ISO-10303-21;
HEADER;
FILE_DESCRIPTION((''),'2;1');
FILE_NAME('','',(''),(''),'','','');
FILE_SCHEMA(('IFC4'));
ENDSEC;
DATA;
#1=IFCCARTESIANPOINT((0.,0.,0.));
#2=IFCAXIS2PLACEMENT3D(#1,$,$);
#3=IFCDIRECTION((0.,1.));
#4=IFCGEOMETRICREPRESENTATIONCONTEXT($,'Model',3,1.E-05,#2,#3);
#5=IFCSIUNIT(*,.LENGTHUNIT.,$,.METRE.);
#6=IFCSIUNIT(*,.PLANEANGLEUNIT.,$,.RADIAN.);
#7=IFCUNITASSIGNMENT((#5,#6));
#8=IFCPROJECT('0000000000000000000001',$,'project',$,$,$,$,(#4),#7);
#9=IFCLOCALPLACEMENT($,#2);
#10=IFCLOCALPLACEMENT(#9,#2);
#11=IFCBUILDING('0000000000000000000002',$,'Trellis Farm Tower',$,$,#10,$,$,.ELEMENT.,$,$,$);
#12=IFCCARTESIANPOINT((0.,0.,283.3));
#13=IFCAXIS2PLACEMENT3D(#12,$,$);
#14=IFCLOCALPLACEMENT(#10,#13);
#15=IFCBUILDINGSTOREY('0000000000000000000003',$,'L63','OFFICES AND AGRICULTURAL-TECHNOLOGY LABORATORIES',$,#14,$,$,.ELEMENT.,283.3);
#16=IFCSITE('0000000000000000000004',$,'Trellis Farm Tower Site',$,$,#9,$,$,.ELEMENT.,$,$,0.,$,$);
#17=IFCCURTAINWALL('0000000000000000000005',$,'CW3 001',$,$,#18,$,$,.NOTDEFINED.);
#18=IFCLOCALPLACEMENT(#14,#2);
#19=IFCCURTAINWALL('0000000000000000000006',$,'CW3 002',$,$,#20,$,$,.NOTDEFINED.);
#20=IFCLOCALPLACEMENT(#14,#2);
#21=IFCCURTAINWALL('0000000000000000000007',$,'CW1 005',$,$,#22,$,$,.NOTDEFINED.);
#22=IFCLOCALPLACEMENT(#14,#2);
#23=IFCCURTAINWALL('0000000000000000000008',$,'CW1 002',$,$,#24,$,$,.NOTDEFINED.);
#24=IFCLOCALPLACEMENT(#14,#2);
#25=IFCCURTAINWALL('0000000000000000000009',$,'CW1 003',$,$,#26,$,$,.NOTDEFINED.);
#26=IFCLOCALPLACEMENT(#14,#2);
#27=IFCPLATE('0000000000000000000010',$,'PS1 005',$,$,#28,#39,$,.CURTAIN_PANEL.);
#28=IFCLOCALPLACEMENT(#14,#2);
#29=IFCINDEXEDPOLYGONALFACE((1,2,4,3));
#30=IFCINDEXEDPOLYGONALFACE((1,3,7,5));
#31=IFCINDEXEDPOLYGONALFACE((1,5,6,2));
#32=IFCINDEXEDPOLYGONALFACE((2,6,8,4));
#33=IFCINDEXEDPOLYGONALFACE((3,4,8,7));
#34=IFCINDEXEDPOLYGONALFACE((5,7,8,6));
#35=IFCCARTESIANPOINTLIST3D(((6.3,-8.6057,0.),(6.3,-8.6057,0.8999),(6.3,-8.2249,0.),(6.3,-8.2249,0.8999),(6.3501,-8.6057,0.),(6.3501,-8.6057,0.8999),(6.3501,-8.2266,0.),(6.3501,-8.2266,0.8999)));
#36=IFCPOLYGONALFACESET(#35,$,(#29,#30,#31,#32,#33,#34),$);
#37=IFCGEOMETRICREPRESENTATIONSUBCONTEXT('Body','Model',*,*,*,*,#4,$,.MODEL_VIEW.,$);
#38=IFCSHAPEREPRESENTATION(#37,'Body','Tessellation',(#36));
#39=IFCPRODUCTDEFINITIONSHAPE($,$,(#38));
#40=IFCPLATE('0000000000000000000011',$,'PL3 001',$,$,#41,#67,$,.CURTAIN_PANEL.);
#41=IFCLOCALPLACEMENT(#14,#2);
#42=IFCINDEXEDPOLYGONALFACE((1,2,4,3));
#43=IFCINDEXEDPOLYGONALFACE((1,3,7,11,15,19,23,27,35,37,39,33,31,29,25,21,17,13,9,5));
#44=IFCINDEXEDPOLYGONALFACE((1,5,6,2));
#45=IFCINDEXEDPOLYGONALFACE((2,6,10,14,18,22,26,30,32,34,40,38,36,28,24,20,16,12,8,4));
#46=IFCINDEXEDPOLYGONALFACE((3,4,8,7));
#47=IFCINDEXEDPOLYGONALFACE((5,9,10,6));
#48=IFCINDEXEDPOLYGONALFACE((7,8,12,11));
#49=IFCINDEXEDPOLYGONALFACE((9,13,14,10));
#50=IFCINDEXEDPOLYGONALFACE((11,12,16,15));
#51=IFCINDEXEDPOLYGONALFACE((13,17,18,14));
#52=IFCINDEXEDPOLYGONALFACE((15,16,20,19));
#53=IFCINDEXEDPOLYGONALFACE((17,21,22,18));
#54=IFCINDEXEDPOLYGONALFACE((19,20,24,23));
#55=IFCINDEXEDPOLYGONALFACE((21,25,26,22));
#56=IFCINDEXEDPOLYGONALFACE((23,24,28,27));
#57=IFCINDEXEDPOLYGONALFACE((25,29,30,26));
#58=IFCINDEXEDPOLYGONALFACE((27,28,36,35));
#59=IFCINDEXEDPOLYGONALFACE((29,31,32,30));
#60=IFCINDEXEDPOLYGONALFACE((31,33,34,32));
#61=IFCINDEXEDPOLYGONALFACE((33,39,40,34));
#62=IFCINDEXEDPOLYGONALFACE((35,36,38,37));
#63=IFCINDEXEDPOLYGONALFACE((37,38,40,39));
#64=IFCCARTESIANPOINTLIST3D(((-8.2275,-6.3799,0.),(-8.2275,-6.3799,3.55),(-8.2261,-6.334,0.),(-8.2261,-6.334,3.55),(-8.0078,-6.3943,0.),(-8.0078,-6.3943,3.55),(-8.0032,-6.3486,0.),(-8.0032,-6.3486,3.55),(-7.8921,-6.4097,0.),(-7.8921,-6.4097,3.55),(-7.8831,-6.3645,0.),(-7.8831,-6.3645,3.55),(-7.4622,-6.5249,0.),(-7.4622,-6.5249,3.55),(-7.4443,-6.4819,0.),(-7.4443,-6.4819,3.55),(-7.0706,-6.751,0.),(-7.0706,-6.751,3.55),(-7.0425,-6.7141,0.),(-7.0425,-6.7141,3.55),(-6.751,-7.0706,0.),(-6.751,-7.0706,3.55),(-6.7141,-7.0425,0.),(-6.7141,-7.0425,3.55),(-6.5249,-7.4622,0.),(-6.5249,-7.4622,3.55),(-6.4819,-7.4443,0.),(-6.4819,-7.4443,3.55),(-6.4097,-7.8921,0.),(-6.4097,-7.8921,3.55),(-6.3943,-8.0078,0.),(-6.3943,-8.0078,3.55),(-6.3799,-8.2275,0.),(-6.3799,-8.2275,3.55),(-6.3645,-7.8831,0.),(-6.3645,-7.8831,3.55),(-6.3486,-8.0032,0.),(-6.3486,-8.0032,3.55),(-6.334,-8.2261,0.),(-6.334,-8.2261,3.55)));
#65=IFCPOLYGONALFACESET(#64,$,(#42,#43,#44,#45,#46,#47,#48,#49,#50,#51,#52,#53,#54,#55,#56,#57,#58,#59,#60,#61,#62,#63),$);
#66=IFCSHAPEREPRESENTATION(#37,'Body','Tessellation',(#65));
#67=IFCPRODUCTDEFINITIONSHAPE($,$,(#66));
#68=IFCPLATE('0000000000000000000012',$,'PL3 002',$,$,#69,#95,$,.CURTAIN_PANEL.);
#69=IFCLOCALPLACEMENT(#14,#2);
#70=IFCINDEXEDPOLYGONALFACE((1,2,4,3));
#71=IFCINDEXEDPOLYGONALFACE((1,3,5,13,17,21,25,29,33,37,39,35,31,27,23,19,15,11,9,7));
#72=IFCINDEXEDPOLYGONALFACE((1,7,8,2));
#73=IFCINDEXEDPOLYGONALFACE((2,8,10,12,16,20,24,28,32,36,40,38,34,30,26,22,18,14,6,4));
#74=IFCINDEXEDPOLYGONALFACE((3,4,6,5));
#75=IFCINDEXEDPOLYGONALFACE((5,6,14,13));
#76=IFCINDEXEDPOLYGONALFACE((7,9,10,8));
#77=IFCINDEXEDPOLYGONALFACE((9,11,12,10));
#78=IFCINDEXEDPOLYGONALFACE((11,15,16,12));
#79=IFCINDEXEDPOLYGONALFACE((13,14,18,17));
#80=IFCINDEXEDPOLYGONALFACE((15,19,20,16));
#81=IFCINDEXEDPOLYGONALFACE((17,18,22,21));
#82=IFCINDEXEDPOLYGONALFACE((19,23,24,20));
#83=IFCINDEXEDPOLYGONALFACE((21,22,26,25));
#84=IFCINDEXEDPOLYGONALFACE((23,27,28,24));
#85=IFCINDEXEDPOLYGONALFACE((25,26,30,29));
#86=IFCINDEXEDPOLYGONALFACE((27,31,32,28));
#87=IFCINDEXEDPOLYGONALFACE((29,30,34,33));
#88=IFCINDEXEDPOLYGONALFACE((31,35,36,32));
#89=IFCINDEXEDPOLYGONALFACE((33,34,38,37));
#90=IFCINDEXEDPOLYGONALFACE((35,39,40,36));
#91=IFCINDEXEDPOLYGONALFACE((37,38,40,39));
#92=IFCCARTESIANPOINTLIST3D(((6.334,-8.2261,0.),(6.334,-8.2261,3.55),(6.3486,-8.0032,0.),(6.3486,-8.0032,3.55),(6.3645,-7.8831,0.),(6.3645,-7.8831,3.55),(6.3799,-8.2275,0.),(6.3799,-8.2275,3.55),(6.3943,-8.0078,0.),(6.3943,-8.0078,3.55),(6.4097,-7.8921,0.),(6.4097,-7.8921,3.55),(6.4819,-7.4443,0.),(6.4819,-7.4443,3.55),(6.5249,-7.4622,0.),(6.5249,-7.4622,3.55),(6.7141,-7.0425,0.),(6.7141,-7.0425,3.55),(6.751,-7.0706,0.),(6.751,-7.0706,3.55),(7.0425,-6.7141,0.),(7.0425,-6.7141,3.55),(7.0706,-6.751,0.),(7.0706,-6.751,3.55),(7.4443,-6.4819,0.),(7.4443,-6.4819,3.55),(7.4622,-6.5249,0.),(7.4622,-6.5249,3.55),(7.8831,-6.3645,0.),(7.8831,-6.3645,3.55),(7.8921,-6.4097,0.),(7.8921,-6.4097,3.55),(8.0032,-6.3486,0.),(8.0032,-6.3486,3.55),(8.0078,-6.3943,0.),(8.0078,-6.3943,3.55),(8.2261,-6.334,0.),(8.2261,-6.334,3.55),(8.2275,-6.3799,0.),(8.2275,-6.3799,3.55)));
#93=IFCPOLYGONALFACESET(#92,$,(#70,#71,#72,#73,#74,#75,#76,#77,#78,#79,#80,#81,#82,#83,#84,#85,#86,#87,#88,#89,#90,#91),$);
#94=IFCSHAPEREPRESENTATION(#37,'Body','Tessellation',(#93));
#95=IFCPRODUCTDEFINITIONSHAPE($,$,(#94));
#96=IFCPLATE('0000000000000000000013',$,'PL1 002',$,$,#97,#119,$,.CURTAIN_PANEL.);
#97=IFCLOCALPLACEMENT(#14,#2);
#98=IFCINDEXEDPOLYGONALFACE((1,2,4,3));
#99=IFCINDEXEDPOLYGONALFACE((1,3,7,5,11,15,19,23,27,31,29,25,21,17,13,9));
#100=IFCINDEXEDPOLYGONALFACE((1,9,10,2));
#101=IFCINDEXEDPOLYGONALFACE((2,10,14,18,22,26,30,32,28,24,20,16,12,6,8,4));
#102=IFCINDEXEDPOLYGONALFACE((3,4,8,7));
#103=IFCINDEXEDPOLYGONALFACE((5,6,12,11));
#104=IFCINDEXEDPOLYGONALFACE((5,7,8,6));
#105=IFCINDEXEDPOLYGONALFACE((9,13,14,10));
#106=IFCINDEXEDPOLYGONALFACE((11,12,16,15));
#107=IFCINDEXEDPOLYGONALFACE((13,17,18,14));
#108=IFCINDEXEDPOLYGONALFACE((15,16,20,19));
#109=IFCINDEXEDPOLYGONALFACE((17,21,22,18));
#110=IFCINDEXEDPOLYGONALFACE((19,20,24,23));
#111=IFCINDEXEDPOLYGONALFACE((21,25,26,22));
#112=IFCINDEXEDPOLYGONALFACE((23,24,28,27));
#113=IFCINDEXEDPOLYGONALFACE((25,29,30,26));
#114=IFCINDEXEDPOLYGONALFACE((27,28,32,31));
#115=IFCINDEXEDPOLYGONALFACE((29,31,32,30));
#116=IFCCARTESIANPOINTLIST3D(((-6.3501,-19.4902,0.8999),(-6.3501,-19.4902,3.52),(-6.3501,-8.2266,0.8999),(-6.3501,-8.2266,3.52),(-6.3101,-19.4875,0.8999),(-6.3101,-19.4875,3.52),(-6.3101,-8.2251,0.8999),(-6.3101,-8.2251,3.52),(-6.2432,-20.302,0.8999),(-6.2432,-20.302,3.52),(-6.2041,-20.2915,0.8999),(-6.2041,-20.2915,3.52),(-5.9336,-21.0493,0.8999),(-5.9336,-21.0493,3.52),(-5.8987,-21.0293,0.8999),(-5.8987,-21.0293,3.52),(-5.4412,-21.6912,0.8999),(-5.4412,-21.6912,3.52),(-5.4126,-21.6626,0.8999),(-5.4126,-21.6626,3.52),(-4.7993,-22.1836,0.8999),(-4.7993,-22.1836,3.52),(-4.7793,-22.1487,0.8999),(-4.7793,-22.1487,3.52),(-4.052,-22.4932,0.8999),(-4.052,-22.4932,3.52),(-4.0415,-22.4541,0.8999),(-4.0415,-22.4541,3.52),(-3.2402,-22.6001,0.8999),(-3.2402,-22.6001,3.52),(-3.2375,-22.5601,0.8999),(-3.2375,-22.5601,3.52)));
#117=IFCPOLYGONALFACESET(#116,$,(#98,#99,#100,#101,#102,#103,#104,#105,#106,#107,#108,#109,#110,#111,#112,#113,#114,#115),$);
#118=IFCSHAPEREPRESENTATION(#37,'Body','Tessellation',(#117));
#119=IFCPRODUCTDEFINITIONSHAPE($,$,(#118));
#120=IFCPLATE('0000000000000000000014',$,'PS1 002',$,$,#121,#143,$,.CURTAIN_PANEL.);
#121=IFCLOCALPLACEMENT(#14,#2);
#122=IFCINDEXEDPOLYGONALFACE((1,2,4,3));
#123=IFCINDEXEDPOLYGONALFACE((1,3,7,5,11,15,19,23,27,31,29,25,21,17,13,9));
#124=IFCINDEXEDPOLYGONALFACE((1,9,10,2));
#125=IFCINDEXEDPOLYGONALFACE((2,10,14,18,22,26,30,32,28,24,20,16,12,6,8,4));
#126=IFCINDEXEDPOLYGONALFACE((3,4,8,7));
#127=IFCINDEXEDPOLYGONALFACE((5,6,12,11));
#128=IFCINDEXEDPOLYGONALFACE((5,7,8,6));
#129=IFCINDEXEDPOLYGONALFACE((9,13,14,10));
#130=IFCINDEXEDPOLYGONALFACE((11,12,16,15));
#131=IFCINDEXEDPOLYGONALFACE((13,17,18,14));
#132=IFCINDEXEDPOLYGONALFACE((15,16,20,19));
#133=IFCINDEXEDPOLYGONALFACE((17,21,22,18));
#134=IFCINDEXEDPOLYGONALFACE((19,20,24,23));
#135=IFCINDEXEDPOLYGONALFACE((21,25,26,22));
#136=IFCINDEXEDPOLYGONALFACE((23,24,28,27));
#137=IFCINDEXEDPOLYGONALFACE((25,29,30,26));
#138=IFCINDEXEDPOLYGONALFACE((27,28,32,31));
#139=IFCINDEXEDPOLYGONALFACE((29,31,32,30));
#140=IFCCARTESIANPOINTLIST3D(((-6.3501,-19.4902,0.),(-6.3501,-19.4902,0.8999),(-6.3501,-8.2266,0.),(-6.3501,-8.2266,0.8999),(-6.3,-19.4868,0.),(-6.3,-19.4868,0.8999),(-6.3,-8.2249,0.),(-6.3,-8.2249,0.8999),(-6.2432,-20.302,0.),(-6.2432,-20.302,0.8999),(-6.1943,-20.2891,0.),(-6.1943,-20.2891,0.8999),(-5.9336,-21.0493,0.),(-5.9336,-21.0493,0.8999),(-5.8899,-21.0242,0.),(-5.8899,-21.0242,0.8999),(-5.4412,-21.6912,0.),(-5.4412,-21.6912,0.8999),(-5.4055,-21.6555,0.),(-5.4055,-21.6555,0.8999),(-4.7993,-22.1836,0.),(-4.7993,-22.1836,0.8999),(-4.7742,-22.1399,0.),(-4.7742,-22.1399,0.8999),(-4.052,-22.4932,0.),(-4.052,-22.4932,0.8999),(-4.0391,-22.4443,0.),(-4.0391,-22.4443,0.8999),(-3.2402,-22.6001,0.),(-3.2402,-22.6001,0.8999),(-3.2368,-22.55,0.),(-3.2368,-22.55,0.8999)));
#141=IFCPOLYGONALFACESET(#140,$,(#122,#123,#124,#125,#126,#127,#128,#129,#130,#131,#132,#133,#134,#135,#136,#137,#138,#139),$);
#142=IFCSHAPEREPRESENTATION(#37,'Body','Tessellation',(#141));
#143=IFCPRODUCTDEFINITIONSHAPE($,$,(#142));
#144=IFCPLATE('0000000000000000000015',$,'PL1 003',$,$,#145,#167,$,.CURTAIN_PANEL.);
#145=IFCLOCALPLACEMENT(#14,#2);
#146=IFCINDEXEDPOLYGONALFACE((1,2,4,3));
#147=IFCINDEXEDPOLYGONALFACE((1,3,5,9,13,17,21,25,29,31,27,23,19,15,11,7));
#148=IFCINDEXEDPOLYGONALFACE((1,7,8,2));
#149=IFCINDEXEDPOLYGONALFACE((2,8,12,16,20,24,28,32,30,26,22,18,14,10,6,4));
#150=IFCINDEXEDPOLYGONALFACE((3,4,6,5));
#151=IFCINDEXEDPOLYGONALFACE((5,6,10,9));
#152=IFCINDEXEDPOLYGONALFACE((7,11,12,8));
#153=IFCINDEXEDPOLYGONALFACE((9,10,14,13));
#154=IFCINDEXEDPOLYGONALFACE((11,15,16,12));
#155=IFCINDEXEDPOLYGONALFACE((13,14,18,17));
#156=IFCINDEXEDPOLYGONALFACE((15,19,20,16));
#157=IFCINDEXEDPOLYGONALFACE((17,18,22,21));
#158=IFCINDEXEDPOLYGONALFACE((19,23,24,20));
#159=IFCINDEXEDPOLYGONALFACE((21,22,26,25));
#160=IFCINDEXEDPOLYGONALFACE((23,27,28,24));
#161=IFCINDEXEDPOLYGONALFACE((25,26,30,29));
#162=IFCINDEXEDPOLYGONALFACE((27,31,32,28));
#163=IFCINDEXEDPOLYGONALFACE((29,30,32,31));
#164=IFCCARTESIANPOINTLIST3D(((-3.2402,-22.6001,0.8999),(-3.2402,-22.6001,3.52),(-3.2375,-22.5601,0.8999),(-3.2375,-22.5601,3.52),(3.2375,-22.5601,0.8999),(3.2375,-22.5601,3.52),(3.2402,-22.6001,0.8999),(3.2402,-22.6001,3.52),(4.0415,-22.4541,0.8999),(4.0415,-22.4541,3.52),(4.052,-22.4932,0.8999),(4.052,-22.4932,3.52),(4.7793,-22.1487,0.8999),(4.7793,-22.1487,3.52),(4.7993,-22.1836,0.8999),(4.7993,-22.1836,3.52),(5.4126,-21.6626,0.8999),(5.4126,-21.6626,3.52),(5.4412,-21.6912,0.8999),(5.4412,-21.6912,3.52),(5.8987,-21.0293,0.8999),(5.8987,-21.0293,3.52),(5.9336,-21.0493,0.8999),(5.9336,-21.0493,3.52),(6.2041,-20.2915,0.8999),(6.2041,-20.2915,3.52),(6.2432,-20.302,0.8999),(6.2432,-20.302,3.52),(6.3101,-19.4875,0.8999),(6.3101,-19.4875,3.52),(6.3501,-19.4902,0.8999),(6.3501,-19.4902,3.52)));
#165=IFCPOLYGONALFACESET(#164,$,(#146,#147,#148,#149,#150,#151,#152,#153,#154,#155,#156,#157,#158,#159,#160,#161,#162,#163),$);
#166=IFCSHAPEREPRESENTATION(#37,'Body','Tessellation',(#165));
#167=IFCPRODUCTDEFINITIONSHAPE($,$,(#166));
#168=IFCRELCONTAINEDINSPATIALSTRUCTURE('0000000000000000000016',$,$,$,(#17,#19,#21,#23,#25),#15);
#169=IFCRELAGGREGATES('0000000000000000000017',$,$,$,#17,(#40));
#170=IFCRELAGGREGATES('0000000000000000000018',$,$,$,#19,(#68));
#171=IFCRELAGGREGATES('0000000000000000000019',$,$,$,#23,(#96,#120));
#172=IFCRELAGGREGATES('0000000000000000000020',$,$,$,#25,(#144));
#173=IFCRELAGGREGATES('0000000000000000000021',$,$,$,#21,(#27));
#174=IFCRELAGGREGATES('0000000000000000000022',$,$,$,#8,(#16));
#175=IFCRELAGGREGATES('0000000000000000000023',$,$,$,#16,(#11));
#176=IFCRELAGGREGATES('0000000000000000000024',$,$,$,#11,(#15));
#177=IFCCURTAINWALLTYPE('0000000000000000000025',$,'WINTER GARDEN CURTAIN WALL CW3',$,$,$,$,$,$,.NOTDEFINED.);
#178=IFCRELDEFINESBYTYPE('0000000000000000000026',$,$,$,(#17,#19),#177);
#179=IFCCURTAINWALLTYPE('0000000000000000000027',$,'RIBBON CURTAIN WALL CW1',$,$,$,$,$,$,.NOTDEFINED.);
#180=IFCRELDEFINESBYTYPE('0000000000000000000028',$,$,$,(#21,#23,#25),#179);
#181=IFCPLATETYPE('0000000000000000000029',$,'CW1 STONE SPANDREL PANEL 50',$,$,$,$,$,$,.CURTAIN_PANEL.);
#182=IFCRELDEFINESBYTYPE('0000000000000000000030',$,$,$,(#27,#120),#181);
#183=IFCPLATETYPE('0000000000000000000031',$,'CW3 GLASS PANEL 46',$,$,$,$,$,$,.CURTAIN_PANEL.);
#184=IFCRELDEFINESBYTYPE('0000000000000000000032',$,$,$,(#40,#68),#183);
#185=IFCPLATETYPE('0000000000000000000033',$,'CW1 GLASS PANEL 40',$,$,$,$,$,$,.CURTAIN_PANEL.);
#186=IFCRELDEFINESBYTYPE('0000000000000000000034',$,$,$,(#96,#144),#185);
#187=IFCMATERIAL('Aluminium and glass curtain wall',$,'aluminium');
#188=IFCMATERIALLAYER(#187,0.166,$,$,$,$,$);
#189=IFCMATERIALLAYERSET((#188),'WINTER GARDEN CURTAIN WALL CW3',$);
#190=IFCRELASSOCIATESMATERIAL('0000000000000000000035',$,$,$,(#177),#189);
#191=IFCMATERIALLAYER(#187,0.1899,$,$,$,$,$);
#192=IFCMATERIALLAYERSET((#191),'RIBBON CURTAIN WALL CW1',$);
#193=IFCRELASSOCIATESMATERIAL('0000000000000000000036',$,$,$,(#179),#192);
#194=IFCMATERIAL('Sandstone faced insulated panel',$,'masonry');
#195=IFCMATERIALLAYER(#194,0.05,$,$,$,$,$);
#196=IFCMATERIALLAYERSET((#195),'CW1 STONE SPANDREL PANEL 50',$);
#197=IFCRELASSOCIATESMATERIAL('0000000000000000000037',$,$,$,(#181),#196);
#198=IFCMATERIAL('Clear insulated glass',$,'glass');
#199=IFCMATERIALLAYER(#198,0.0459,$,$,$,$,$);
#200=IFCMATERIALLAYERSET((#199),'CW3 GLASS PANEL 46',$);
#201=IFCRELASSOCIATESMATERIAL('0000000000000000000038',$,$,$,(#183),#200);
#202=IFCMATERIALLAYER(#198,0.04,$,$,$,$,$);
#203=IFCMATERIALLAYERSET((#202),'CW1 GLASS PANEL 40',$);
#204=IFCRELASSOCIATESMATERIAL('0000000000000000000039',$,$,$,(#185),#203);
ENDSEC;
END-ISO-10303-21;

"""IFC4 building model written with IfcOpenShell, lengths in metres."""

from ifc_helpers import new_model, si_unit, direction, frame, origin, place, context, subcontext, project, spatial, polyline, outline, extrude, source, transform, mapped, material, layer, layer_set, type_object, element, aggregate, save


model = new_model("IFC4")

# Units and contexts
model_context = context("Model", 3, precision=1e-05, world=origin(), true_north=direction((0.0, 1.0)))
body_context = subcontext(model_context, "Body", "Model", "MODEL_VIEW")
ifc_project = project(units=[si_unit("LENGTHUNIT", "METRE"), si_unit("PLANEANGLEUNIT", "RADIAN")], contexts=[model_context])

# Site, building, storey
site_placement = place(None, origin())
site = spatial("IfcSite", under=ifc_project, at=site_placement, Name="Trellis Farm Tower Site", CompositionType="ELEMENT", RefElevation=0.0)
building_placement = place(site_placement, origin())
building = spatial("IfcBuilding", under=site, at=building_placement, Name="Trellis Farm Tower", CompositionType="ELEMENT")
storey_placement = place(building_placement, frame((0.0, 0.0, 283.3)))
storey = spatial("IfcBuildingStorey", under=building, at=storey_placement, Name="L63", Description="OFFICES AND AGRICULTURAL-TECHNOLOGY LABORATORIES", CompositionType="ELEMENT", Elevation=283.3)

# Curtain walls
ifc_material_1 = material(Name="Aluminium and glass curtain wall", Category="aluminium")
ifc_layer_1 = layer(ifc_material_1, 0.166)
ifc_layer_set_1 = layer_set([ifc_layer_1], Name="WINTER GARDEN CURTAIN WALL CW3")
curtain_wall_type_1 = type_object("IfcCurtainWallType", Name="WINTER GARDEN CURTAIN WALL CW3", PredefinedType="NOTDEFINED", material=ifc_layer_set_1)
placement_1 = place(storey_placement, origin())
curtain_wall_1 = element("IfcCurtainWall", 1, at=placement_1, inside=storey, type_object=curtain_wall_type_1, Name="CW3 001", PredefinedType="NOTDEFINED")
curtain_wall_2 = element("IfcCurtainWall", 2, at=placement_1, inside=storey, type_object=curtain_wall_type_1, Name="CW3 002", PredefinedType="NOTDEFINED")
ifc_layer_2 = layer(ifc_material_1, 0.1899)
ifc_layer_set_2 = layer_set([ifc_layer_2], Name="RIBBON CURTAIN WALL CW1")
curtain_wall_type_2 = type_object("IfcCurtainWallType", Name="RIBBON CURTAIN WALL CW1", PredefinedType="NOTDEFINED", material=ifc_layer_set_2)
curtain_wall_3 = element("IfcCurtainWall", 3, at=placement_1, inside=storey, type_object=curtain_wall_type_2, Name="CW1 005", PredefinedType="NOTDEFINED")
curtain_wall_4 = element("IfcCurtainWall", 4, at=placement_1, inside=storey, type_object=curtain_wall_type_2, Name="CW1 002", PredefinedType="NOTDEFINED")
curtain_wall_5 = element("IfcCurtainWall", 5, at=placement_1, inside=storey, type_object=curtain_wall_type_2, Name="CW1 003", PredefinedType="NOTDEFINED")

# Plates
ifc_material_2 = material(Name="Sandstone faced insulated panel", Category="masonry")
ifc_layer_3 = layer(ifc_material_2, 0.05)
ifc_layer_set_3 = layer_set([ifc_layer_3], Name="CW1 STONE SPANDREL PANEL 50")
plate_type_1 = type_object("IfcPlateType", Name="CW1 STONE SPANDREL PANEL 50", PredefinedType="CURTAIN_PANEL", material=ifc_layer_set_3)
shared_shape_1 = source(origin(), body_context, "Body", "SweptSolid", [
    extrude(outline(polyline([(6.3501, -8.6057), (6.3501, -8.2266), (6.3, -8.2249), (6.3, -8.6057), (6.3501, -8.6057)])), origin(), (0.0, 0.0, 1.0), 0.8999),
])
plate_1 = element("IfcPlate", 6, at=placement_1, type_object=plate_type_1, Name="PS1 005", PredefinedType="CURTAIN_PANEL", context=body_context, shape_type="MappedRepresentation", body=[
    mapped(shared_shape_1, transform((0.0, 0.0, 0.0))),
])
ifc_material_3 = material(Name="Clear insulated glass", Category="glass")
ifc_layer_4 = layer(ifc_material_3, 0.0459)
ifc_layer_set_4 = layer_set([ifc_layer_4], Name="CW3 GLASS PANEL 46")
plate_type_2 = type_object("IfcPlateType", Name="CW3 GLASS PANEL 46", PredefinedType="CURTAIN_PANEL", material=ifc_layer_set_4)
shared_shape_2 = source(origin(), body_context, "Body", "SweptSolid", [
    extrude(outline(polyline([(-8.2275, -6.3799), (-8.0078, -6.3943), (-7.8921, -6.4097), (-7.4622, -6.5249), (-7.0706, -6.751), (-6.751, -7.0706), (-6.5249, -7.4622), (-6.4097, -7.8921), (-6.3943, -8.0078), (-6.3799, -8.2275), (-6.334, -8.2261), (-6.3486, -8.0032), (-6.3645, -7.8831), (-6.4819, -7.4443), (-6.7141, -7.0425), (-7.0425, -6.7141), (-7.4443, -6.4819), (-7.8831, -6.3645), (-8.0032, -6.3486), (-8.2261, -6.334), (-8.2275, -6.3799)])), origin(), (0.0, 0.0, 1.0), 3.55),
])
plate_2 = element("IfcPlate", 7, at=placement_1, type_object=plate_type_2, Name="PL3 001", PredefinedType="CURTAIN_PANEL", context=body_context, shape_type="MappedRepresentation", body=[
    mapped(shared_shape_2, transform((0.0, 0.0, 0.0))),
])
aggregate(curtain_wall_1, [plate_2])
shared_shape_3 = source(origin(), body_context, "Body", "SweptSolid", [
    extrude(outline(polyline([(6.3799, -8.2275), (6.3943, -8.0078), (6.4097, -7.8921), (6.5249, -7.4622), (6.751, -7.0706), (7.0706, -6.751), (7.4622, -6.5249), (7.8921, -6.4097), (8.0078, -6.3943), (8.2275, -6.3799), (8.2261, -6.334), (8.0032, -6.3486), (7.8831, -6.3645), (7.4443, -6.4819), (7.0425, -6.7141), (6.7141, -7.0425), (6.4819, -7.4443), (6.3645, -7.8831), (6.3486, -8.0032), (6.334, -8.2261), (6.3799, -8.2275)])), origin(), (0.0, 0.0, 1.0), 3.55),
])
plate_3 = element("IfcPlate", 8, at=placement_1, type_object=plate_type_2, Name="PL3 002", PredefinedType="CURTAIN_PANEL", context=body_context, shape_type="MappedRepresentation", body=[
    mapped(shared_shape_3, transform((0.0, 0.0, 0.0))),
])
aggregate(curtain_wall_2, [plate_3])
ifc_layer_5 = layer(ifc_material_3, 0.04)
ifc_layer_set_5 = layer_set([ifc_layer_5], Name="CW1 GLASS PANEL 40")
plate_type_3 = type_object("IfcPlateType", Name="CW1 GLASS PANEL 40", PredefinedType="CURTAIN_PANEL", material=ifc_layer_set_5)
shared_shape_4 = source(origin(), body_context, "Body", "SweptSolid", [
    extrude(outline(polyline([(-6.3501, -8.2266), (-6.3501, -19.4902), (-6.2432, -20.302), (-5.9336, -21.0493), (-5.4412, -21.6912), (-4.7993, -22.1836), (-4.052, -22.4932), (-3.2402, -22.6001), (-3.2375, -22.5601), (-4.0415, -22.4541), (-4.7793, -22.1487), (-5.4126, -21.6626), (-5.8987, -21.0293), (-6.2041, -20.2915), (-6.3101, -19.4875), (-6.3101, -8.2251), (-6.3501, -8.2266)])), origin(), (0.0, 0.0, 1.0), 2.6201),
])
placement_2 = place(storey_placement, frame((0.0, 0.0, 0.8999)))
plate_4 = element("IfcPlate", 9, at=placement_2, type_object=plate_type_3, Name="PL1 002", PredefinedType="CURTAIN_PANEL", context=body_context, shape_type="MappedRepresentation", body=[
    mapped(shared_shape_4, transform((0.0, 0.0, 0.0))),
])
shared_shape_5 = source(origin(), body_context, "Body", "SweptSolid", [
    extrude(outline(polyline([(-6.3501, -8.2266), (-6.3501, -19.4902), (-6.2432, -20.302), (-5.9336, -21.0493), (-5.4412, -21.6912), (-4.7993, -22.1836), (-4.052, -22.4932), (-3.2402, -22.6001), (-3.2368, -22.55), (-4.0391, -22.4443), (-4.7742, -22.1399), (-5.4055, -21.6555), (-5.8899, -21.0242), (-6.1943, -20.2891), (-6.3, -19.4868), (-6.3, -8.2249), (-6.3501, -8.2266)])), origin(), (0.0, 0.0, 1.0), 0.8999),
])
plate_5 = element("IfcPlate", 10, at=placement_1, type_object=plate_type_1, Name="PS1 002", PredefinedType="CURTAIN_PANEL", context=body_context, shape_type="MappedRepresentation", body=[
    mapped(shared_shape_5, transform((0.0, 0.0, 0.0))),
])
aggregate(curtain_wall_4, [plate_4, plate_5])
shared_shape_6 = source(origin(), body_context, "Body", "SweptSolid", [
    extrude(outline(polyline([(-3.2402, -22.6001), (3.2402, -22.6001), (4.052, -22.4932), (4.7993, -22.1836), (5.4412, -21.6912), (5.9336, -21.0493), (6.2432, -20.302), (6.3501, -19.4902), (6.3101, -19.4875), (6.2041, -20.2915), (5.8987, -21.0293), (5.4126, -21.6626), (4.7793, -22.1487), (4.0415, -22.4541), (3.2375, -22.5601), (-3.2375, -22.5601), (-3.2402, -22.6001)])), origin(), (0.0, 0.0, 1.0), 2.6201),
])
plate_6 = element("IfcPlate", 11, at=placement_2, type_object=plate_type_3, Name="PL1 003", PredefinedType="CURTAIN_PANEL", context=body_context, shape_type="MappedRepresentation", body=[
    mapped(shared_shape_6, transform((0.0, 0.0, 0.0))),
])
aggregate(curtain_wall_5, [plate_6])
aggregate(curtain_wall_3, [plate_1])

save(model, "model.ifc")
